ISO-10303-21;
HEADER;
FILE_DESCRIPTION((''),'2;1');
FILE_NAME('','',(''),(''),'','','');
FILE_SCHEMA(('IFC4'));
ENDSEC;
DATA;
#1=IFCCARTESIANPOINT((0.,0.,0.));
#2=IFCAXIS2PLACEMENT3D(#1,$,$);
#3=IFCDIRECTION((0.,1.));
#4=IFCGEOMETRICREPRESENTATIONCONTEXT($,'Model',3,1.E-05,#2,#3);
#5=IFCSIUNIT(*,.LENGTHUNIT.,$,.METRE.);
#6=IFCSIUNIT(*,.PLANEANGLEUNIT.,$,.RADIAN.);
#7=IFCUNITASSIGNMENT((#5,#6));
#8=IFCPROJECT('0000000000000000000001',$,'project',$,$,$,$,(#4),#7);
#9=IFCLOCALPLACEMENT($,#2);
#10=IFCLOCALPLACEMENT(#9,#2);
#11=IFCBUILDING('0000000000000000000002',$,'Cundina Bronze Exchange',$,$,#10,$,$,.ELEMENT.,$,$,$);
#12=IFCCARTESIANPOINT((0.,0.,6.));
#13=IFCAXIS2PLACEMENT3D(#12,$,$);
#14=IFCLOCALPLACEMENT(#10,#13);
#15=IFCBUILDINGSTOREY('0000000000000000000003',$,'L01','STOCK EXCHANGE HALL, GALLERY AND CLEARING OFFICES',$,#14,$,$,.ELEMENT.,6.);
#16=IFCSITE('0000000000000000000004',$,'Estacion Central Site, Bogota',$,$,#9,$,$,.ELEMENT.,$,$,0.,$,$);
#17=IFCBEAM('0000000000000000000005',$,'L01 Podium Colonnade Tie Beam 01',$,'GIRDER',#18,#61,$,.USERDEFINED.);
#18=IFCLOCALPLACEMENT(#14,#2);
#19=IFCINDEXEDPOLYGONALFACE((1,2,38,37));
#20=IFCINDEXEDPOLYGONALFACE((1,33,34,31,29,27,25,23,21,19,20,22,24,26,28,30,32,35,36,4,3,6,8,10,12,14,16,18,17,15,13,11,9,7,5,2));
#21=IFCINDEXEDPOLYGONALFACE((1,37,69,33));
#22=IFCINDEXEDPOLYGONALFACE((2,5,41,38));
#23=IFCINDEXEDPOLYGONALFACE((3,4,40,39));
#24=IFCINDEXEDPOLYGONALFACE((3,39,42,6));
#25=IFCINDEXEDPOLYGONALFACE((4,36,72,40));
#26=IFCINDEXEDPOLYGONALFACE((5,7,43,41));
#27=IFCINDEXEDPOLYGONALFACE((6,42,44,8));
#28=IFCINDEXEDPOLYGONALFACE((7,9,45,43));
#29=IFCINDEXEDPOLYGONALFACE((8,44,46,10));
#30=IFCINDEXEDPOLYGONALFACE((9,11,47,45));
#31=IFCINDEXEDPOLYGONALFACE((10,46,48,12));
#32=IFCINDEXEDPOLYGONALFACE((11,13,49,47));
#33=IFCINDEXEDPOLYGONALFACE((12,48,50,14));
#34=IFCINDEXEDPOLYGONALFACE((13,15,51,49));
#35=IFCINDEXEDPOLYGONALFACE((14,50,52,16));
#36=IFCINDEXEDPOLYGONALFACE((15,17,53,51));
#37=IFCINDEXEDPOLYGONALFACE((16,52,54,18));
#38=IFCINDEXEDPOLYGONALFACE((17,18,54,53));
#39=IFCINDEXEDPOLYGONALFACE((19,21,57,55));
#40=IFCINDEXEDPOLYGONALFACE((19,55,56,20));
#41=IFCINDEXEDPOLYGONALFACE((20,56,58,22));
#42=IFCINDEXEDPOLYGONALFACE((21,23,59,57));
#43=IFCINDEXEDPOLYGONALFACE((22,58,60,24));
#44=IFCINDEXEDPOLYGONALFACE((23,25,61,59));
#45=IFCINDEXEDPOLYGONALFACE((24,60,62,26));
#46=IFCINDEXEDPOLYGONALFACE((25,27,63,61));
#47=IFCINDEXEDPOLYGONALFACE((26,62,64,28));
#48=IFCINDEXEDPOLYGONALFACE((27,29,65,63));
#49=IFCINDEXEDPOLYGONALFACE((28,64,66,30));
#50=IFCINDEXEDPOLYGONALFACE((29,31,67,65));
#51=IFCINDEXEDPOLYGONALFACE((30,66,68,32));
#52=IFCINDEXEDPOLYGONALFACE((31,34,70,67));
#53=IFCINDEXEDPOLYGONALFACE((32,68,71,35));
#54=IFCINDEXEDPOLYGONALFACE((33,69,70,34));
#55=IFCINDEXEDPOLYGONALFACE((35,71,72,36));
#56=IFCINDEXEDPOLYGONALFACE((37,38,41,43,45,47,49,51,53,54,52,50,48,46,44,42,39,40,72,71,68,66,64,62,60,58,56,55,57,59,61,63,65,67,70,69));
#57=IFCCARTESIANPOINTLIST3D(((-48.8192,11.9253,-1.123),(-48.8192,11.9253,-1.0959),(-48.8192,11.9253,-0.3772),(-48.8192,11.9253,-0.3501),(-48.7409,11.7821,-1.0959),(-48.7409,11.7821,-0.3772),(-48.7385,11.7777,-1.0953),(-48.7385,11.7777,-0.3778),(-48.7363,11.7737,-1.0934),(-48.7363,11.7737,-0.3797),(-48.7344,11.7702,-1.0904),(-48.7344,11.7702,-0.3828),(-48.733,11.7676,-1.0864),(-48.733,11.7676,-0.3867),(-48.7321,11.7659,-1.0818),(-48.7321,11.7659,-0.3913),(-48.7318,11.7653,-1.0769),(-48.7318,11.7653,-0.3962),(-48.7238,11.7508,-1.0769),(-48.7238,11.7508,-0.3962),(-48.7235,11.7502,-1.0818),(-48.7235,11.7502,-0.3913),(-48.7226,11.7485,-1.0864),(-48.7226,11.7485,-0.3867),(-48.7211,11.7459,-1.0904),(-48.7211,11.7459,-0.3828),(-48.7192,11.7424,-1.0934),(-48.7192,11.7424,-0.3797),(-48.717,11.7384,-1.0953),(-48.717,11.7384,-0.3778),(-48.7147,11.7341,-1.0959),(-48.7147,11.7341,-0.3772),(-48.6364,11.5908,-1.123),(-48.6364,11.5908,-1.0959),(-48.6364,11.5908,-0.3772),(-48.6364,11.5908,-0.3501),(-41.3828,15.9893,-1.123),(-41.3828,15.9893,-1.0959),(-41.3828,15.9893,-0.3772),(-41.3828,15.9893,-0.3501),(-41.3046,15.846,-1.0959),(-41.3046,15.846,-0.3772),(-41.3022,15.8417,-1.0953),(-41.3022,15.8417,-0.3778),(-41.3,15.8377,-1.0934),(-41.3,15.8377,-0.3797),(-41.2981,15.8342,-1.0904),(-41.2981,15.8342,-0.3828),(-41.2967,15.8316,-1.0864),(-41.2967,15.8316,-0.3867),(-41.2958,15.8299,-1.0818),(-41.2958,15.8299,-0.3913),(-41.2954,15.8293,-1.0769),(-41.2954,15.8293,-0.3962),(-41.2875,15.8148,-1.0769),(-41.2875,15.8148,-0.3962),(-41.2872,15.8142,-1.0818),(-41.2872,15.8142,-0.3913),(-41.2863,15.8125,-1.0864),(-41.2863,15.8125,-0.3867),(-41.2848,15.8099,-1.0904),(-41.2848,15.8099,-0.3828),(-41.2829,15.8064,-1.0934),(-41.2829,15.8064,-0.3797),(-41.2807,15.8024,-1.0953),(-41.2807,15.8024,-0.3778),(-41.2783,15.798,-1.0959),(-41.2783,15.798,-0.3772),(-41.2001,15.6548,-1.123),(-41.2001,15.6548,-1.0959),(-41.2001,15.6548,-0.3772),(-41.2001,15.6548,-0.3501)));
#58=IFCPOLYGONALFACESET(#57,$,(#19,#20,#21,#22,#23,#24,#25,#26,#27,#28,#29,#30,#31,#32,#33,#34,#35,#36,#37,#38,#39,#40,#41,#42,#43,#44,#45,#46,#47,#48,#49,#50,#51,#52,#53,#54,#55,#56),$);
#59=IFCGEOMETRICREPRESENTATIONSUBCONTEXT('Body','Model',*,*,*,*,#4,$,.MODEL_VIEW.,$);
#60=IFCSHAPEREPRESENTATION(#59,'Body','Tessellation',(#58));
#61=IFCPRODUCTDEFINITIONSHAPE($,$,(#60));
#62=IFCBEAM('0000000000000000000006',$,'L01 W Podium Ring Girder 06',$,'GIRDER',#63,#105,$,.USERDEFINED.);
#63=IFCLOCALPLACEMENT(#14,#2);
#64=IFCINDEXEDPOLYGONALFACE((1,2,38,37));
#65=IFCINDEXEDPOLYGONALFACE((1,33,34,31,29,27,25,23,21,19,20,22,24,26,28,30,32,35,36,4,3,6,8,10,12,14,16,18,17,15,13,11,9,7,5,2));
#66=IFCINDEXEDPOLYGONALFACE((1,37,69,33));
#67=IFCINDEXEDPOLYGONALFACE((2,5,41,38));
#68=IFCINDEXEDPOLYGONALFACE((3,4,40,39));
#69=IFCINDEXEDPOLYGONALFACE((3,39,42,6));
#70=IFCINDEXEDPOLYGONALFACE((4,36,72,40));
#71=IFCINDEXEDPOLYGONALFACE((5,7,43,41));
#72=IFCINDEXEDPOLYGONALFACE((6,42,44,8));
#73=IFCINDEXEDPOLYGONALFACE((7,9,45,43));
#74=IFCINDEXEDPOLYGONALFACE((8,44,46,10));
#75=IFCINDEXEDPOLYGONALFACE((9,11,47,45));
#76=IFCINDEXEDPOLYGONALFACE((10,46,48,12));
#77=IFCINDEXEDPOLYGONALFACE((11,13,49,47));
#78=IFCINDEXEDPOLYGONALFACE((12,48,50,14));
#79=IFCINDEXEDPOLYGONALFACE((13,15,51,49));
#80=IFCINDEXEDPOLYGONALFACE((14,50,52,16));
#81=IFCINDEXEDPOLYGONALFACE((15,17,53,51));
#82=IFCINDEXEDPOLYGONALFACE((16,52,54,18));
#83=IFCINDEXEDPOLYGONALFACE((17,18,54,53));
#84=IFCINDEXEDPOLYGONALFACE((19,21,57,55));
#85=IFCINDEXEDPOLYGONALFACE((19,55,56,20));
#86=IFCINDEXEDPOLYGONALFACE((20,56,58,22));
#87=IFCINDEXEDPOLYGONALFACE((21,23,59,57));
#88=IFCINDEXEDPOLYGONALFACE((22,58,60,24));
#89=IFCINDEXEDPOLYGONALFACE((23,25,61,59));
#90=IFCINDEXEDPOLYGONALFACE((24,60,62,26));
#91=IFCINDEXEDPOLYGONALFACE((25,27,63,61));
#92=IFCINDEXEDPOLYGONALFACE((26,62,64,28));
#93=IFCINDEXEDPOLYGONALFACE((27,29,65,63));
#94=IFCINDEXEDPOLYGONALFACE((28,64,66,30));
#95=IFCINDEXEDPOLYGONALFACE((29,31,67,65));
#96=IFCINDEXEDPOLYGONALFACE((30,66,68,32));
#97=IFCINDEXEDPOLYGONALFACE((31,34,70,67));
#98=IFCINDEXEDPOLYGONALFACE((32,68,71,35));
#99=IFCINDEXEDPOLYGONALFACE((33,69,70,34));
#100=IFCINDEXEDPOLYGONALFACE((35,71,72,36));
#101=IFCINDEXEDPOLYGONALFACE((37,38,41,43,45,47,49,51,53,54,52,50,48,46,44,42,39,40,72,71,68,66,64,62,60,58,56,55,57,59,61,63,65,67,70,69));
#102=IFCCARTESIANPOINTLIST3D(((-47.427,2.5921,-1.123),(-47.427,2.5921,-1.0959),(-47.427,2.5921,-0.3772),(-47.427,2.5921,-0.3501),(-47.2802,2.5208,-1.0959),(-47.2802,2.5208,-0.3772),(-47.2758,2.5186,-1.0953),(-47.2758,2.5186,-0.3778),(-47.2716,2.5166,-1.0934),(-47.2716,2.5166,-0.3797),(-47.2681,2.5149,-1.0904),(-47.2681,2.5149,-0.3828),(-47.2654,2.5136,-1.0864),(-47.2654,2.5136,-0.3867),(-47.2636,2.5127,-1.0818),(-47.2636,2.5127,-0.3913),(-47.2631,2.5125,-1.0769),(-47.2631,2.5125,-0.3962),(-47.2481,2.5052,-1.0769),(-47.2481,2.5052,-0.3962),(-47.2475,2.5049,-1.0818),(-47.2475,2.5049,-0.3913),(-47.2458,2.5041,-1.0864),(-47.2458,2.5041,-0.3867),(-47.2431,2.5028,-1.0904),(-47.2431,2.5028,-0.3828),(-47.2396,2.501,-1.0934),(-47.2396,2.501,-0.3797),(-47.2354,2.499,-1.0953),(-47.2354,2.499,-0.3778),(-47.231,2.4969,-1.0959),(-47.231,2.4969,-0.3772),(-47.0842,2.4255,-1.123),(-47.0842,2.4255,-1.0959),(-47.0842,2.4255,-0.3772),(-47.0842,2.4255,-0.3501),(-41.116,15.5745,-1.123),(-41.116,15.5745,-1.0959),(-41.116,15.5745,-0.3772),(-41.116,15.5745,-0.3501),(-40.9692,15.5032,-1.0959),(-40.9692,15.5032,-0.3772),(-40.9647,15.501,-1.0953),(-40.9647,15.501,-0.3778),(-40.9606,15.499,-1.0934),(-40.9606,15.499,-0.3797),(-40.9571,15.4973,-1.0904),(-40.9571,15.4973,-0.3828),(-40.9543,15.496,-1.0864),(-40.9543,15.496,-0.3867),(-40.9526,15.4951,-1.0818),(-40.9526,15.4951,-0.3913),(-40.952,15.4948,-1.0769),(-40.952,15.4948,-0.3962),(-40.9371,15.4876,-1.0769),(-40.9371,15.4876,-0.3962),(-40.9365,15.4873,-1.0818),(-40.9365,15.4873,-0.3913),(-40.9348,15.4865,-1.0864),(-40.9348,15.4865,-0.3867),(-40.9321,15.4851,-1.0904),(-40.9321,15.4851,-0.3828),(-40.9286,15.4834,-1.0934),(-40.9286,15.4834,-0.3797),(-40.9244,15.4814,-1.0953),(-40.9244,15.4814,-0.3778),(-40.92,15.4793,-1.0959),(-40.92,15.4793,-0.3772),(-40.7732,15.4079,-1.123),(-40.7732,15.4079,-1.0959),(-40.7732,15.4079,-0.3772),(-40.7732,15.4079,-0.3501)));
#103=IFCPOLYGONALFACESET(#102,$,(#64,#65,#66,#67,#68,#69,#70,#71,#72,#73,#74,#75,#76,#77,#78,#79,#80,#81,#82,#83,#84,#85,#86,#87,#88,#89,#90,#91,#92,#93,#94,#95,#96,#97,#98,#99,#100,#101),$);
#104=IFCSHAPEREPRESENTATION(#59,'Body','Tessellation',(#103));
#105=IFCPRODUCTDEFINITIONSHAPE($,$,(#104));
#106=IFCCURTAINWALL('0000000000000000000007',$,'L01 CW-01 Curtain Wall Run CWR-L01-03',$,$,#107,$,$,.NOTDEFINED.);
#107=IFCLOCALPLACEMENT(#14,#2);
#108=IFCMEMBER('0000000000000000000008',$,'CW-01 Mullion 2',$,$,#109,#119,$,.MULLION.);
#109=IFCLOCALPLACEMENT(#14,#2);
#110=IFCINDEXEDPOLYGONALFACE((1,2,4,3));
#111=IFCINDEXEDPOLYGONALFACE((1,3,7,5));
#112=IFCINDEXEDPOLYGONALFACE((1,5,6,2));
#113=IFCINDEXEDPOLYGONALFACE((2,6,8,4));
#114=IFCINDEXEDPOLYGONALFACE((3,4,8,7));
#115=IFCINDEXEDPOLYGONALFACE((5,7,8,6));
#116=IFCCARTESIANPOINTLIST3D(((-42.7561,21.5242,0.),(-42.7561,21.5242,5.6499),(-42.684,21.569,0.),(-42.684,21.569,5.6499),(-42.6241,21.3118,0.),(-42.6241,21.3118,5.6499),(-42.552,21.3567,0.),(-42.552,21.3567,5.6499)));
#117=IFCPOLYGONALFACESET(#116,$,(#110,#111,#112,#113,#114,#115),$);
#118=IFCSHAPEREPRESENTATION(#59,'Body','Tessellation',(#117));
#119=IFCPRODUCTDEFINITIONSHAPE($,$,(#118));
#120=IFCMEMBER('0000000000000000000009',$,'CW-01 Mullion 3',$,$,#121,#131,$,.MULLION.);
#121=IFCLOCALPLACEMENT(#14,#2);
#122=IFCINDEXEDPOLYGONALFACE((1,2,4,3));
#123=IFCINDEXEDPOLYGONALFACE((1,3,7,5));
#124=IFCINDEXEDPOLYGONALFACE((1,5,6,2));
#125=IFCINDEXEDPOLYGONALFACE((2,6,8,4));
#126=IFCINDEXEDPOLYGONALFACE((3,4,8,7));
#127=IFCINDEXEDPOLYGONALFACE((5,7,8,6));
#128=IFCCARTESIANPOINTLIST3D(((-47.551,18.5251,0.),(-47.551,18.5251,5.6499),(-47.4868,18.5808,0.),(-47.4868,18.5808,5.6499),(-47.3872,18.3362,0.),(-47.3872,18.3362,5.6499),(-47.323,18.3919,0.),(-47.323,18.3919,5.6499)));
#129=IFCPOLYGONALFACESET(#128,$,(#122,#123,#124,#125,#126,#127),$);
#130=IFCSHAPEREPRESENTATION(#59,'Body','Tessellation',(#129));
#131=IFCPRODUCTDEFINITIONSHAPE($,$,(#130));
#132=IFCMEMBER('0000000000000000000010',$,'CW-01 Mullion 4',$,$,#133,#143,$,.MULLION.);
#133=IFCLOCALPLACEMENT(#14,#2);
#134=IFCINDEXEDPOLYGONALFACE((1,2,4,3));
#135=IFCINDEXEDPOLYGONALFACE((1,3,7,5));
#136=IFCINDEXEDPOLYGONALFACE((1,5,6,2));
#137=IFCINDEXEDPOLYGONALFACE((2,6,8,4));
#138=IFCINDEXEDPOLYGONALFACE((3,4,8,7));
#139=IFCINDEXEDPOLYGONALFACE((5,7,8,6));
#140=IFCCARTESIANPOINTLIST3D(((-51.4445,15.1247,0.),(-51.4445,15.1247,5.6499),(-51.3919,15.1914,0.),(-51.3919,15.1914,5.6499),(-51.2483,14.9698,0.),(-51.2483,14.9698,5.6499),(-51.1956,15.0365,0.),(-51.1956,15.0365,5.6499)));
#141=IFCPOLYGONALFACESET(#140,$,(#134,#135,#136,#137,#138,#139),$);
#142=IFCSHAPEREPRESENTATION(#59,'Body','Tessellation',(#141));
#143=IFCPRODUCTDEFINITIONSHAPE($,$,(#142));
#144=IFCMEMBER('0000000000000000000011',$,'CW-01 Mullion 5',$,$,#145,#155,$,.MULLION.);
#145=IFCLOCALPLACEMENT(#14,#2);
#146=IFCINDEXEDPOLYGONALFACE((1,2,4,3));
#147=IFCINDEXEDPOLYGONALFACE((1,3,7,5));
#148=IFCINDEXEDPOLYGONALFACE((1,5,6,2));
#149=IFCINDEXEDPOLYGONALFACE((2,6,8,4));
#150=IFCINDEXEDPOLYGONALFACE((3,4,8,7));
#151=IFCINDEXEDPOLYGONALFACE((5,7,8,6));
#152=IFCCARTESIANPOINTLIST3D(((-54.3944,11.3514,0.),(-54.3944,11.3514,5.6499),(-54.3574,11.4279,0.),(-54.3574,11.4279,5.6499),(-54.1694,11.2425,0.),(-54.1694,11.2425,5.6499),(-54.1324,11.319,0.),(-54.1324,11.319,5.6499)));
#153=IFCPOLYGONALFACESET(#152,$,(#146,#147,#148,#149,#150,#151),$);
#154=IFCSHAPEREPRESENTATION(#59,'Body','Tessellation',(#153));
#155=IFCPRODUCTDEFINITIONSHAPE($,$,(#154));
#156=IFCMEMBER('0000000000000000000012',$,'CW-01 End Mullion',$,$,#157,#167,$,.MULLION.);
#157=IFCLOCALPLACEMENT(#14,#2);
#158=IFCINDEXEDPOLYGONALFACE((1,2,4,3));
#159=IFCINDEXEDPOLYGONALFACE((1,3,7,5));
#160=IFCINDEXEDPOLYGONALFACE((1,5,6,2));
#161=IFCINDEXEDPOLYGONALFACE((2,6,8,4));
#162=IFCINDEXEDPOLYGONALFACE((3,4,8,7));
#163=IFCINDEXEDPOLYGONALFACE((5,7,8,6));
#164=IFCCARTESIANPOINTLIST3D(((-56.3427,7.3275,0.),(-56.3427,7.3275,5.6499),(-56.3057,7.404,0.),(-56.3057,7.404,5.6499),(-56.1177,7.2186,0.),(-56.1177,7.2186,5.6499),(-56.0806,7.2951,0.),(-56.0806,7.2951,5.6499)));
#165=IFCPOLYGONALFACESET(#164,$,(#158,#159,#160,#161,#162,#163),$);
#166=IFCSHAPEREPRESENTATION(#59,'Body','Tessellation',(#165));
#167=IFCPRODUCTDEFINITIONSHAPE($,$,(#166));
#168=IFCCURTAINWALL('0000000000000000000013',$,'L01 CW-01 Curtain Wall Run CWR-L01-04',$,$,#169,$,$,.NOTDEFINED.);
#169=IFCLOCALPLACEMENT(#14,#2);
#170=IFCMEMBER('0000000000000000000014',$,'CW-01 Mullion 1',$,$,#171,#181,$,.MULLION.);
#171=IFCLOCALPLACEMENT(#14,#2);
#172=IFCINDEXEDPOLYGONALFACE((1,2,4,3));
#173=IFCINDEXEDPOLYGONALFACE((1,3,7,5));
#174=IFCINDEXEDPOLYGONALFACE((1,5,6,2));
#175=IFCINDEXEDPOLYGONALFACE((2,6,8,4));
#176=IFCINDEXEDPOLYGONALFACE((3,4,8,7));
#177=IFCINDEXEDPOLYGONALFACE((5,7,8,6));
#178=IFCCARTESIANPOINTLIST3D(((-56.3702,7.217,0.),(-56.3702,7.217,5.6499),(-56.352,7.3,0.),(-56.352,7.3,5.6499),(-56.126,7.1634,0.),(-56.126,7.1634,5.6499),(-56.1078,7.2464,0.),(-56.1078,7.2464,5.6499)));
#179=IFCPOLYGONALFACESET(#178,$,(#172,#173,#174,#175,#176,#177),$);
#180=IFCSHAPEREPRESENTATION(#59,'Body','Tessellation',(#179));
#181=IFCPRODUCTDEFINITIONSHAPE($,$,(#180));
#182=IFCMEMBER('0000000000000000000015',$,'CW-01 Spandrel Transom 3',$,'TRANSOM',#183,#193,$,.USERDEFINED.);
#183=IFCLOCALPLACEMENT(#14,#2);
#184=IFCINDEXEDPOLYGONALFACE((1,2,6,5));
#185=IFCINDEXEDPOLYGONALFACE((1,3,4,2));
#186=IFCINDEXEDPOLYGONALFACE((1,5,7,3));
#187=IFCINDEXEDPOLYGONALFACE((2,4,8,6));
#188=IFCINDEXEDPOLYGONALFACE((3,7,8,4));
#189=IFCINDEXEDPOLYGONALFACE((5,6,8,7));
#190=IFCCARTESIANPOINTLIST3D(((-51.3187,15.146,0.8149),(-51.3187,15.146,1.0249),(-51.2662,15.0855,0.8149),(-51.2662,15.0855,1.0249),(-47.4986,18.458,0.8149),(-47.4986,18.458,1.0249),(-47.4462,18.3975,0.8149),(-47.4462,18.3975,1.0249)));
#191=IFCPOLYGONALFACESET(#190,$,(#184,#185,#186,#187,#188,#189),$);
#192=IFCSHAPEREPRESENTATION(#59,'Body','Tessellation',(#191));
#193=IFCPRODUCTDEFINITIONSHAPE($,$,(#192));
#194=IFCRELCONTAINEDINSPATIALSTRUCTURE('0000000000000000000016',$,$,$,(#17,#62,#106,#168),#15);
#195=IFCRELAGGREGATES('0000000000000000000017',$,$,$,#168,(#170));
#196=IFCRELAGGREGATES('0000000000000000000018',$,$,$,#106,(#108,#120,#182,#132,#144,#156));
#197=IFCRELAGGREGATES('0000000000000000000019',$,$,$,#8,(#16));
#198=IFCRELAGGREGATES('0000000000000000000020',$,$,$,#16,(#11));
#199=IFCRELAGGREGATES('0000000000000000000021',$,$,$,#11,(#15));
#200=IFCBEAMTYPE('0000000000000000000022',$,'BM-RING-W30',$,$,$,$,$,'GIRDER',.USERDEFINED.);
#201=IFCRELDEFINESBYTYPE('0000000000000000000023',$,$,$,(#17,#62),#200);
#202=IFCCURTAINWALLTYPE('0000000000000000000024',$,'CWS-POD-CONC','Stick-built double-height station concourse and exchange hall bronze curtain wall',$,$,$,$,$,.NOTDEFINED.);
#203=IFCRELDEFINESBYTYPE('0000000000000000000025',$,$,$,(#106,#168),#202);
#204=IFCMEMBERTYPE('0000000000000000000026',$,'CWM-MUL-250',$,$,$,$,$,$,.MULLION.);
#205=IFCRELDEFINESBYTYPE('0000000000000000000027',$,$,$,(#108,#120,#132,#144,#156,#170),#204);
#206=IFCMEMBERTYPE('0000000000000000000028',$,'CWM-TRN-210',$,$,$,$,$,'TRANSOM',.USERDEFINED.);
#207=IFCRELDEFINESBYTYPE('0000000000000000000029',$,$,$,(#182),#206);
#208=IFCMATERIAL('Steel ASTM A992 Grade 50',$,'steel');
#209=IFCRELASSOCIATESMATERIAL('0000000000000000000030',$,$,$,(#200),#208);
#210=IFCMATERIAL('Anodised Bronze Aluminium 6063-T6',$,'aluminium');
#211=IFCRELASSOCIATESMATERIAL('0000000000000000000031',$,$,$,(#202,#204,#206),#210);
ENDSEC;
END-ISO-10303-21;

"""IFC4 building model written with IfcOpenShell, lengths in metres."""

from ifc_helpers import new_model, si_unit, direction, frame, origin, origin_2d, place, context, subcontext, project, spatial, rectangle, i_section, extrude, material, material_profile, profile_set, type_object, element, aggregate, save


model = new_model("IFC4")

# Units and contexts
model_context = context("Model", 3, precision=1e-05, world=origin(), true_north=direction((0.0, 1.0)))
body_context = subcontext(model_context, "Body", "Model", "MODEL_VIEW")
ifc_project = project(units=[si_unit("LENGTHUNIT", "METRE"), si_unit("PLANEANGLEUNIT", "RADIAN")], contexts=[model_context])

# Site, building, storey
site_placement = place(None, origin())
site = spatial("IfcSite", under=ifc_project, at=site_placement, Name="Estacion Central Site, Bogota", CompositionType="ELEMENT", RefElevation=0.0)
building_placement = place(site_placement, origin())
building = spatial("IfcBuilding", under=site, at=building_placement, Name="Cundina Bronze Exchange", CompositionType="ELEMENT")
storey_placement = place(building_placement, frame((0.0, 0.0, 6.0)))
storey = spatial("IfcBuildingStorey", under=building, at=storey_placement, Name="L01", Description="STOCK EXCHANGE HALL, GALLERY AND CLEARING OFFICES", CompositionType="ELEMENT", Elevation=6.0)

# Beams
ifc_material_1 = material(Name="Steel ASTM A992 Grade 50", Category="steel")
ifc_material_profile_1 = material_profile(ifc_material_1, i_section(OverallWidth=0.3811, OverallDepth=0.7729, WebThickness=0.0166, FlangeThickness=0.0271, FilletRadius=0.019, at=origin_2d()), Name="W30X173", Category="steel")
ifc_profile_set_1 = profile_set([ifc_material_profile_1], Name="Steel ASTM A992 Grade 50")
beam_type_1 = type_object("IfcBeamType", Name="BM-RING-W30", ElementType="GIRDER", PredefinedType="USERDEFINED", material=ifc_profile_set_1)
beam_1_placement = place(storey_placement, frame((-48.7278, 11.7581, -0.7366), z_axis=(0.877508, 0.479562, 0.0), x_axis=(-0.479562, 0.877508, 0.0)))
element("IfcBeam", 1, at=beam_1_placement, inside=storey, type_object=beam_type_1, Name="L01 Podium Colonnade Tie Beam 01", ObjectType="GIRDER", PredefinedType="USERDEFINED", context=body_context, shape_type="SweptSolid", body=[
    extrude(i_section(OverallWidth=0.3811, OverallDepth=0.7729, WebThickness=0.0166, FlangeThickness=0.0271, FilletRadius=0.019, at=origin_2d()), origin(), (0.0, 0.0, 1.0), 8.4744),
])
beam_2_placement = place(storey_placement, frame((-40.9446, 15.4912, -0.7366), z_axis=(-0.4372, -0.899364, 0.0), x_axis=(0.899364, -0.4372, 0.0)))
element("IfcBeam", 2, at=beam_2_placement, inside=storey, type_object=beam_type_1, Name="L01 W Podium Ring Girder 06", ObjectType="GIRDER", PredefinedType="USERDEFINED", context=body_context, shape_type="SweptSolid", body=[
    extrude(i_section(OverallWidth=0.3811, OverallDepth=0.7729, WebThickness=0.0166, FlangeThickness=0.0271, FilletRadius=0.019, at=origin_2d()), origin(), (0.0, 0.0, 1.0), 14.4351),
])

# Curtain wall, members
ifc_material_2 = material(Name="Anodised Bronze Aluminium 6063-T6", Category="aluminium")
curtain_wall_type = type_object("IfcCurtainWallType", Name="CWS-POD-CONC", Description="Stick-built double-height station concourse and exchange hall bronze curtain wall", PredefinedType="NOTDEFINED", material=ifc_material_2)
curtain_wall_1_placement = place(storey_placement, origin())
curtain_wall_1 = element("IfcCurtainWall", 3, at=curtain_wall_1_placement, inside=storey, type_object=curtain_wall_type, Name="L01 CW-01 Curtain Wall Run CWR-L01-03", PredefinedType="NOTDEFINED")
ifc_material_profile_2 = material_profile(ifc_material_2, rectangle(XDim=0.085, YDim=0.25, at=origin_2d()), Name="AL85X250", Category="aluminium")
ifc_profile_set_2 = profile_set([ifc_material_profile_2], Name="Anodised Bronze Aluminium 6063-T6")
member_type_1 = type_object("IfcMemberType", Name="CWM-MUL-250", PredefinedType="MULLION", material=ifc_profile_set_2)
member_1_placement = place(storey_placement, frame((-42.6541, 21.4404, 0.0), z_axis=(0.0, 0.0, 1.0), x_axis=(-0.849248, -0.527994, 0.0)))
member_1 = element("IfcMember", 4, at=member_1_placement, type_object=member_type_1, Name="CW-01 Mullion 2", PredefinedType="MULLION", context=body_context, shape_type="SweptSolid", body=[
    extrude(rectangle(XDim=0.085, YDim=0.25, at=origin_2d()), origin(), (0.0, 0.0, 1.0), 5.6499),
])
member_2_placement = place(storey_placement, frame((-47.437, 18.4585, 0.0), z_axis=(0.0, 0.0, 1.0), x_axis=(-0.755511, -0.655136, 0.0)))
member_2 = element("IfcMember", 5, at=member_2_placement, type_object=member_type_1, Name="CW-01 Mullion 3", PredefinedType="MULLION", context=body_context, shape_type="SweptSolid", body=[
    extrude(rectangle(XDim=0.085, YDim=0.25, at=origin_2d()), origin(), (0.0, 0.0, 1.0), 5.6499),
])
member_3_placement = place(storey_placement, frame((-51.3201, 15.0806, 0.0), z_axis=(0.0, 0.0, 1.0), x_axis=(-0.619505, -0.784993, 0.0)))
member_3 = element("IfcMember", 6, at=member_3_placement, type_object=member_type_1, Name="CW-01 Mullion 4", PredefinedType="MULLION", context=body_context, shape_type="SweptSolid", body=[
    extrude(rectangle(XDim=0.085, YDim=0.25, at=origin_2d()), origin(), (0.0, 0.0, 1.0), 5.6499),
])
member_4_placement = place(storey_placement, frame((-54.2634, 11.3352, 0.0), z_axis=(0.0, 0.0, 1.0), x_axis=(-0.435702, -0.900091, 0.0)))
member_4 = element("IfcMember", 7, at=member_4_placement, type_object=member_type_1, Name="CW-01 Mullion 5", PredefinedType="MULLION", context=body_context, shape_type="SweptSolid", body=[
    extrude(rectangle(XDim=0.085, YDim=0.25, at=origin_2d()), origin(), (0.0, 0.0, 1.0), 5.6499),
])
member_5_placement = place(storey_placement, frame((-56.2117, 7.3113, 0.0), z_axis=(0.0, 0.0, 1.0), x_axis=(-0.435702, -0.900091, 0.0)))
member_5 = element("IfcMember", 8, at=member_5_placement, type_object=member_type_1, Name="CW-01 End Mullion", PredefinedType="MULLION", context=body_context, shape_type="SweptSolid", body=[
    extrude(rectangle(XDim=0.085, YDim=0.25, at=origin_2d()), origin(), (0.0, 0.0, 1.0), 5.6499),
])

# Curtain wall, member
curtain_wall_2_placement = place(storey_placement, origin())
curtain_wall_2 = element("IfcCurtainWall", 9, at=curtain_wall_2_placement, inside=storey, type_object=curtain_wall_type, Name="L01 CW-01 Curtain Wall Run CWR-L01-04", PredefinedType="NOTDEFINED")
member_6_placement = place(storey_placement, frame((-56.239, 7.2317, 0.0), z_axis=(0.0, 0.0, 1.0), x_axis=(-0.214565, -0.97671, 0.0)))
member_6 = element("IfcMember", 10, at=member_6_placement, type_object=member_type_1, Name="CW-01 Mullion 1", PredefinedType="MULLION", context=body_context, shape_type="SweptSolid", body=[
    extrude(rectangle(XDim=0.085, YDim=0.25, at=origin_2d()), origin(), (0.0, 0.0, 1.0), 5.6499),
])

# Member
ifc_material_profile_3 = material_profile(ifc_material_2, rectangle(XDim=0.0801, YDim=0.21, at=origin_2d()), Name="AL80X210", Category="aluminium")
ifc_profile_set_3 = profile_set([ifc_material_profile_3], Name="Anodised Bronze Aluminium 6063-T6")
member_type_2 = type_object("IfcMemberType", Name="CWM-TRN-210", ElementType="TRANSOM", PredefinedType="USERDEFINED", material=ifc_profile_set_3)
member_7_placement = place(storey_placement, frame((-47.4724, 18.4277, 0.9199), z_axis=(-0.755563, -0.655076, 0.0), x_axis=(0.655076, -0.755563, 0.0)))
member_7 = element("IfcMember", 11, at=member_7_placement, type_object=member_type_2, Name="CW-01 Spandrel Transom 3", ObjectType="TRANSOM", PredefinedType="USERDEFINED", context=body_context, shape_type="SweptSolid", body=[
    extrude(rectangle(XDim=0.0801, YDim=0.21, at=origin_2d()), origin(), (0.0, 0.0, 1.0), 5.0559),
])

aggregate(curtain_wall_2, [member_6])
aggregate(curtain_wall_1, [member_1, member_2, member_7, member_3, member_4, member_5])

save(model, "model.ifc")
